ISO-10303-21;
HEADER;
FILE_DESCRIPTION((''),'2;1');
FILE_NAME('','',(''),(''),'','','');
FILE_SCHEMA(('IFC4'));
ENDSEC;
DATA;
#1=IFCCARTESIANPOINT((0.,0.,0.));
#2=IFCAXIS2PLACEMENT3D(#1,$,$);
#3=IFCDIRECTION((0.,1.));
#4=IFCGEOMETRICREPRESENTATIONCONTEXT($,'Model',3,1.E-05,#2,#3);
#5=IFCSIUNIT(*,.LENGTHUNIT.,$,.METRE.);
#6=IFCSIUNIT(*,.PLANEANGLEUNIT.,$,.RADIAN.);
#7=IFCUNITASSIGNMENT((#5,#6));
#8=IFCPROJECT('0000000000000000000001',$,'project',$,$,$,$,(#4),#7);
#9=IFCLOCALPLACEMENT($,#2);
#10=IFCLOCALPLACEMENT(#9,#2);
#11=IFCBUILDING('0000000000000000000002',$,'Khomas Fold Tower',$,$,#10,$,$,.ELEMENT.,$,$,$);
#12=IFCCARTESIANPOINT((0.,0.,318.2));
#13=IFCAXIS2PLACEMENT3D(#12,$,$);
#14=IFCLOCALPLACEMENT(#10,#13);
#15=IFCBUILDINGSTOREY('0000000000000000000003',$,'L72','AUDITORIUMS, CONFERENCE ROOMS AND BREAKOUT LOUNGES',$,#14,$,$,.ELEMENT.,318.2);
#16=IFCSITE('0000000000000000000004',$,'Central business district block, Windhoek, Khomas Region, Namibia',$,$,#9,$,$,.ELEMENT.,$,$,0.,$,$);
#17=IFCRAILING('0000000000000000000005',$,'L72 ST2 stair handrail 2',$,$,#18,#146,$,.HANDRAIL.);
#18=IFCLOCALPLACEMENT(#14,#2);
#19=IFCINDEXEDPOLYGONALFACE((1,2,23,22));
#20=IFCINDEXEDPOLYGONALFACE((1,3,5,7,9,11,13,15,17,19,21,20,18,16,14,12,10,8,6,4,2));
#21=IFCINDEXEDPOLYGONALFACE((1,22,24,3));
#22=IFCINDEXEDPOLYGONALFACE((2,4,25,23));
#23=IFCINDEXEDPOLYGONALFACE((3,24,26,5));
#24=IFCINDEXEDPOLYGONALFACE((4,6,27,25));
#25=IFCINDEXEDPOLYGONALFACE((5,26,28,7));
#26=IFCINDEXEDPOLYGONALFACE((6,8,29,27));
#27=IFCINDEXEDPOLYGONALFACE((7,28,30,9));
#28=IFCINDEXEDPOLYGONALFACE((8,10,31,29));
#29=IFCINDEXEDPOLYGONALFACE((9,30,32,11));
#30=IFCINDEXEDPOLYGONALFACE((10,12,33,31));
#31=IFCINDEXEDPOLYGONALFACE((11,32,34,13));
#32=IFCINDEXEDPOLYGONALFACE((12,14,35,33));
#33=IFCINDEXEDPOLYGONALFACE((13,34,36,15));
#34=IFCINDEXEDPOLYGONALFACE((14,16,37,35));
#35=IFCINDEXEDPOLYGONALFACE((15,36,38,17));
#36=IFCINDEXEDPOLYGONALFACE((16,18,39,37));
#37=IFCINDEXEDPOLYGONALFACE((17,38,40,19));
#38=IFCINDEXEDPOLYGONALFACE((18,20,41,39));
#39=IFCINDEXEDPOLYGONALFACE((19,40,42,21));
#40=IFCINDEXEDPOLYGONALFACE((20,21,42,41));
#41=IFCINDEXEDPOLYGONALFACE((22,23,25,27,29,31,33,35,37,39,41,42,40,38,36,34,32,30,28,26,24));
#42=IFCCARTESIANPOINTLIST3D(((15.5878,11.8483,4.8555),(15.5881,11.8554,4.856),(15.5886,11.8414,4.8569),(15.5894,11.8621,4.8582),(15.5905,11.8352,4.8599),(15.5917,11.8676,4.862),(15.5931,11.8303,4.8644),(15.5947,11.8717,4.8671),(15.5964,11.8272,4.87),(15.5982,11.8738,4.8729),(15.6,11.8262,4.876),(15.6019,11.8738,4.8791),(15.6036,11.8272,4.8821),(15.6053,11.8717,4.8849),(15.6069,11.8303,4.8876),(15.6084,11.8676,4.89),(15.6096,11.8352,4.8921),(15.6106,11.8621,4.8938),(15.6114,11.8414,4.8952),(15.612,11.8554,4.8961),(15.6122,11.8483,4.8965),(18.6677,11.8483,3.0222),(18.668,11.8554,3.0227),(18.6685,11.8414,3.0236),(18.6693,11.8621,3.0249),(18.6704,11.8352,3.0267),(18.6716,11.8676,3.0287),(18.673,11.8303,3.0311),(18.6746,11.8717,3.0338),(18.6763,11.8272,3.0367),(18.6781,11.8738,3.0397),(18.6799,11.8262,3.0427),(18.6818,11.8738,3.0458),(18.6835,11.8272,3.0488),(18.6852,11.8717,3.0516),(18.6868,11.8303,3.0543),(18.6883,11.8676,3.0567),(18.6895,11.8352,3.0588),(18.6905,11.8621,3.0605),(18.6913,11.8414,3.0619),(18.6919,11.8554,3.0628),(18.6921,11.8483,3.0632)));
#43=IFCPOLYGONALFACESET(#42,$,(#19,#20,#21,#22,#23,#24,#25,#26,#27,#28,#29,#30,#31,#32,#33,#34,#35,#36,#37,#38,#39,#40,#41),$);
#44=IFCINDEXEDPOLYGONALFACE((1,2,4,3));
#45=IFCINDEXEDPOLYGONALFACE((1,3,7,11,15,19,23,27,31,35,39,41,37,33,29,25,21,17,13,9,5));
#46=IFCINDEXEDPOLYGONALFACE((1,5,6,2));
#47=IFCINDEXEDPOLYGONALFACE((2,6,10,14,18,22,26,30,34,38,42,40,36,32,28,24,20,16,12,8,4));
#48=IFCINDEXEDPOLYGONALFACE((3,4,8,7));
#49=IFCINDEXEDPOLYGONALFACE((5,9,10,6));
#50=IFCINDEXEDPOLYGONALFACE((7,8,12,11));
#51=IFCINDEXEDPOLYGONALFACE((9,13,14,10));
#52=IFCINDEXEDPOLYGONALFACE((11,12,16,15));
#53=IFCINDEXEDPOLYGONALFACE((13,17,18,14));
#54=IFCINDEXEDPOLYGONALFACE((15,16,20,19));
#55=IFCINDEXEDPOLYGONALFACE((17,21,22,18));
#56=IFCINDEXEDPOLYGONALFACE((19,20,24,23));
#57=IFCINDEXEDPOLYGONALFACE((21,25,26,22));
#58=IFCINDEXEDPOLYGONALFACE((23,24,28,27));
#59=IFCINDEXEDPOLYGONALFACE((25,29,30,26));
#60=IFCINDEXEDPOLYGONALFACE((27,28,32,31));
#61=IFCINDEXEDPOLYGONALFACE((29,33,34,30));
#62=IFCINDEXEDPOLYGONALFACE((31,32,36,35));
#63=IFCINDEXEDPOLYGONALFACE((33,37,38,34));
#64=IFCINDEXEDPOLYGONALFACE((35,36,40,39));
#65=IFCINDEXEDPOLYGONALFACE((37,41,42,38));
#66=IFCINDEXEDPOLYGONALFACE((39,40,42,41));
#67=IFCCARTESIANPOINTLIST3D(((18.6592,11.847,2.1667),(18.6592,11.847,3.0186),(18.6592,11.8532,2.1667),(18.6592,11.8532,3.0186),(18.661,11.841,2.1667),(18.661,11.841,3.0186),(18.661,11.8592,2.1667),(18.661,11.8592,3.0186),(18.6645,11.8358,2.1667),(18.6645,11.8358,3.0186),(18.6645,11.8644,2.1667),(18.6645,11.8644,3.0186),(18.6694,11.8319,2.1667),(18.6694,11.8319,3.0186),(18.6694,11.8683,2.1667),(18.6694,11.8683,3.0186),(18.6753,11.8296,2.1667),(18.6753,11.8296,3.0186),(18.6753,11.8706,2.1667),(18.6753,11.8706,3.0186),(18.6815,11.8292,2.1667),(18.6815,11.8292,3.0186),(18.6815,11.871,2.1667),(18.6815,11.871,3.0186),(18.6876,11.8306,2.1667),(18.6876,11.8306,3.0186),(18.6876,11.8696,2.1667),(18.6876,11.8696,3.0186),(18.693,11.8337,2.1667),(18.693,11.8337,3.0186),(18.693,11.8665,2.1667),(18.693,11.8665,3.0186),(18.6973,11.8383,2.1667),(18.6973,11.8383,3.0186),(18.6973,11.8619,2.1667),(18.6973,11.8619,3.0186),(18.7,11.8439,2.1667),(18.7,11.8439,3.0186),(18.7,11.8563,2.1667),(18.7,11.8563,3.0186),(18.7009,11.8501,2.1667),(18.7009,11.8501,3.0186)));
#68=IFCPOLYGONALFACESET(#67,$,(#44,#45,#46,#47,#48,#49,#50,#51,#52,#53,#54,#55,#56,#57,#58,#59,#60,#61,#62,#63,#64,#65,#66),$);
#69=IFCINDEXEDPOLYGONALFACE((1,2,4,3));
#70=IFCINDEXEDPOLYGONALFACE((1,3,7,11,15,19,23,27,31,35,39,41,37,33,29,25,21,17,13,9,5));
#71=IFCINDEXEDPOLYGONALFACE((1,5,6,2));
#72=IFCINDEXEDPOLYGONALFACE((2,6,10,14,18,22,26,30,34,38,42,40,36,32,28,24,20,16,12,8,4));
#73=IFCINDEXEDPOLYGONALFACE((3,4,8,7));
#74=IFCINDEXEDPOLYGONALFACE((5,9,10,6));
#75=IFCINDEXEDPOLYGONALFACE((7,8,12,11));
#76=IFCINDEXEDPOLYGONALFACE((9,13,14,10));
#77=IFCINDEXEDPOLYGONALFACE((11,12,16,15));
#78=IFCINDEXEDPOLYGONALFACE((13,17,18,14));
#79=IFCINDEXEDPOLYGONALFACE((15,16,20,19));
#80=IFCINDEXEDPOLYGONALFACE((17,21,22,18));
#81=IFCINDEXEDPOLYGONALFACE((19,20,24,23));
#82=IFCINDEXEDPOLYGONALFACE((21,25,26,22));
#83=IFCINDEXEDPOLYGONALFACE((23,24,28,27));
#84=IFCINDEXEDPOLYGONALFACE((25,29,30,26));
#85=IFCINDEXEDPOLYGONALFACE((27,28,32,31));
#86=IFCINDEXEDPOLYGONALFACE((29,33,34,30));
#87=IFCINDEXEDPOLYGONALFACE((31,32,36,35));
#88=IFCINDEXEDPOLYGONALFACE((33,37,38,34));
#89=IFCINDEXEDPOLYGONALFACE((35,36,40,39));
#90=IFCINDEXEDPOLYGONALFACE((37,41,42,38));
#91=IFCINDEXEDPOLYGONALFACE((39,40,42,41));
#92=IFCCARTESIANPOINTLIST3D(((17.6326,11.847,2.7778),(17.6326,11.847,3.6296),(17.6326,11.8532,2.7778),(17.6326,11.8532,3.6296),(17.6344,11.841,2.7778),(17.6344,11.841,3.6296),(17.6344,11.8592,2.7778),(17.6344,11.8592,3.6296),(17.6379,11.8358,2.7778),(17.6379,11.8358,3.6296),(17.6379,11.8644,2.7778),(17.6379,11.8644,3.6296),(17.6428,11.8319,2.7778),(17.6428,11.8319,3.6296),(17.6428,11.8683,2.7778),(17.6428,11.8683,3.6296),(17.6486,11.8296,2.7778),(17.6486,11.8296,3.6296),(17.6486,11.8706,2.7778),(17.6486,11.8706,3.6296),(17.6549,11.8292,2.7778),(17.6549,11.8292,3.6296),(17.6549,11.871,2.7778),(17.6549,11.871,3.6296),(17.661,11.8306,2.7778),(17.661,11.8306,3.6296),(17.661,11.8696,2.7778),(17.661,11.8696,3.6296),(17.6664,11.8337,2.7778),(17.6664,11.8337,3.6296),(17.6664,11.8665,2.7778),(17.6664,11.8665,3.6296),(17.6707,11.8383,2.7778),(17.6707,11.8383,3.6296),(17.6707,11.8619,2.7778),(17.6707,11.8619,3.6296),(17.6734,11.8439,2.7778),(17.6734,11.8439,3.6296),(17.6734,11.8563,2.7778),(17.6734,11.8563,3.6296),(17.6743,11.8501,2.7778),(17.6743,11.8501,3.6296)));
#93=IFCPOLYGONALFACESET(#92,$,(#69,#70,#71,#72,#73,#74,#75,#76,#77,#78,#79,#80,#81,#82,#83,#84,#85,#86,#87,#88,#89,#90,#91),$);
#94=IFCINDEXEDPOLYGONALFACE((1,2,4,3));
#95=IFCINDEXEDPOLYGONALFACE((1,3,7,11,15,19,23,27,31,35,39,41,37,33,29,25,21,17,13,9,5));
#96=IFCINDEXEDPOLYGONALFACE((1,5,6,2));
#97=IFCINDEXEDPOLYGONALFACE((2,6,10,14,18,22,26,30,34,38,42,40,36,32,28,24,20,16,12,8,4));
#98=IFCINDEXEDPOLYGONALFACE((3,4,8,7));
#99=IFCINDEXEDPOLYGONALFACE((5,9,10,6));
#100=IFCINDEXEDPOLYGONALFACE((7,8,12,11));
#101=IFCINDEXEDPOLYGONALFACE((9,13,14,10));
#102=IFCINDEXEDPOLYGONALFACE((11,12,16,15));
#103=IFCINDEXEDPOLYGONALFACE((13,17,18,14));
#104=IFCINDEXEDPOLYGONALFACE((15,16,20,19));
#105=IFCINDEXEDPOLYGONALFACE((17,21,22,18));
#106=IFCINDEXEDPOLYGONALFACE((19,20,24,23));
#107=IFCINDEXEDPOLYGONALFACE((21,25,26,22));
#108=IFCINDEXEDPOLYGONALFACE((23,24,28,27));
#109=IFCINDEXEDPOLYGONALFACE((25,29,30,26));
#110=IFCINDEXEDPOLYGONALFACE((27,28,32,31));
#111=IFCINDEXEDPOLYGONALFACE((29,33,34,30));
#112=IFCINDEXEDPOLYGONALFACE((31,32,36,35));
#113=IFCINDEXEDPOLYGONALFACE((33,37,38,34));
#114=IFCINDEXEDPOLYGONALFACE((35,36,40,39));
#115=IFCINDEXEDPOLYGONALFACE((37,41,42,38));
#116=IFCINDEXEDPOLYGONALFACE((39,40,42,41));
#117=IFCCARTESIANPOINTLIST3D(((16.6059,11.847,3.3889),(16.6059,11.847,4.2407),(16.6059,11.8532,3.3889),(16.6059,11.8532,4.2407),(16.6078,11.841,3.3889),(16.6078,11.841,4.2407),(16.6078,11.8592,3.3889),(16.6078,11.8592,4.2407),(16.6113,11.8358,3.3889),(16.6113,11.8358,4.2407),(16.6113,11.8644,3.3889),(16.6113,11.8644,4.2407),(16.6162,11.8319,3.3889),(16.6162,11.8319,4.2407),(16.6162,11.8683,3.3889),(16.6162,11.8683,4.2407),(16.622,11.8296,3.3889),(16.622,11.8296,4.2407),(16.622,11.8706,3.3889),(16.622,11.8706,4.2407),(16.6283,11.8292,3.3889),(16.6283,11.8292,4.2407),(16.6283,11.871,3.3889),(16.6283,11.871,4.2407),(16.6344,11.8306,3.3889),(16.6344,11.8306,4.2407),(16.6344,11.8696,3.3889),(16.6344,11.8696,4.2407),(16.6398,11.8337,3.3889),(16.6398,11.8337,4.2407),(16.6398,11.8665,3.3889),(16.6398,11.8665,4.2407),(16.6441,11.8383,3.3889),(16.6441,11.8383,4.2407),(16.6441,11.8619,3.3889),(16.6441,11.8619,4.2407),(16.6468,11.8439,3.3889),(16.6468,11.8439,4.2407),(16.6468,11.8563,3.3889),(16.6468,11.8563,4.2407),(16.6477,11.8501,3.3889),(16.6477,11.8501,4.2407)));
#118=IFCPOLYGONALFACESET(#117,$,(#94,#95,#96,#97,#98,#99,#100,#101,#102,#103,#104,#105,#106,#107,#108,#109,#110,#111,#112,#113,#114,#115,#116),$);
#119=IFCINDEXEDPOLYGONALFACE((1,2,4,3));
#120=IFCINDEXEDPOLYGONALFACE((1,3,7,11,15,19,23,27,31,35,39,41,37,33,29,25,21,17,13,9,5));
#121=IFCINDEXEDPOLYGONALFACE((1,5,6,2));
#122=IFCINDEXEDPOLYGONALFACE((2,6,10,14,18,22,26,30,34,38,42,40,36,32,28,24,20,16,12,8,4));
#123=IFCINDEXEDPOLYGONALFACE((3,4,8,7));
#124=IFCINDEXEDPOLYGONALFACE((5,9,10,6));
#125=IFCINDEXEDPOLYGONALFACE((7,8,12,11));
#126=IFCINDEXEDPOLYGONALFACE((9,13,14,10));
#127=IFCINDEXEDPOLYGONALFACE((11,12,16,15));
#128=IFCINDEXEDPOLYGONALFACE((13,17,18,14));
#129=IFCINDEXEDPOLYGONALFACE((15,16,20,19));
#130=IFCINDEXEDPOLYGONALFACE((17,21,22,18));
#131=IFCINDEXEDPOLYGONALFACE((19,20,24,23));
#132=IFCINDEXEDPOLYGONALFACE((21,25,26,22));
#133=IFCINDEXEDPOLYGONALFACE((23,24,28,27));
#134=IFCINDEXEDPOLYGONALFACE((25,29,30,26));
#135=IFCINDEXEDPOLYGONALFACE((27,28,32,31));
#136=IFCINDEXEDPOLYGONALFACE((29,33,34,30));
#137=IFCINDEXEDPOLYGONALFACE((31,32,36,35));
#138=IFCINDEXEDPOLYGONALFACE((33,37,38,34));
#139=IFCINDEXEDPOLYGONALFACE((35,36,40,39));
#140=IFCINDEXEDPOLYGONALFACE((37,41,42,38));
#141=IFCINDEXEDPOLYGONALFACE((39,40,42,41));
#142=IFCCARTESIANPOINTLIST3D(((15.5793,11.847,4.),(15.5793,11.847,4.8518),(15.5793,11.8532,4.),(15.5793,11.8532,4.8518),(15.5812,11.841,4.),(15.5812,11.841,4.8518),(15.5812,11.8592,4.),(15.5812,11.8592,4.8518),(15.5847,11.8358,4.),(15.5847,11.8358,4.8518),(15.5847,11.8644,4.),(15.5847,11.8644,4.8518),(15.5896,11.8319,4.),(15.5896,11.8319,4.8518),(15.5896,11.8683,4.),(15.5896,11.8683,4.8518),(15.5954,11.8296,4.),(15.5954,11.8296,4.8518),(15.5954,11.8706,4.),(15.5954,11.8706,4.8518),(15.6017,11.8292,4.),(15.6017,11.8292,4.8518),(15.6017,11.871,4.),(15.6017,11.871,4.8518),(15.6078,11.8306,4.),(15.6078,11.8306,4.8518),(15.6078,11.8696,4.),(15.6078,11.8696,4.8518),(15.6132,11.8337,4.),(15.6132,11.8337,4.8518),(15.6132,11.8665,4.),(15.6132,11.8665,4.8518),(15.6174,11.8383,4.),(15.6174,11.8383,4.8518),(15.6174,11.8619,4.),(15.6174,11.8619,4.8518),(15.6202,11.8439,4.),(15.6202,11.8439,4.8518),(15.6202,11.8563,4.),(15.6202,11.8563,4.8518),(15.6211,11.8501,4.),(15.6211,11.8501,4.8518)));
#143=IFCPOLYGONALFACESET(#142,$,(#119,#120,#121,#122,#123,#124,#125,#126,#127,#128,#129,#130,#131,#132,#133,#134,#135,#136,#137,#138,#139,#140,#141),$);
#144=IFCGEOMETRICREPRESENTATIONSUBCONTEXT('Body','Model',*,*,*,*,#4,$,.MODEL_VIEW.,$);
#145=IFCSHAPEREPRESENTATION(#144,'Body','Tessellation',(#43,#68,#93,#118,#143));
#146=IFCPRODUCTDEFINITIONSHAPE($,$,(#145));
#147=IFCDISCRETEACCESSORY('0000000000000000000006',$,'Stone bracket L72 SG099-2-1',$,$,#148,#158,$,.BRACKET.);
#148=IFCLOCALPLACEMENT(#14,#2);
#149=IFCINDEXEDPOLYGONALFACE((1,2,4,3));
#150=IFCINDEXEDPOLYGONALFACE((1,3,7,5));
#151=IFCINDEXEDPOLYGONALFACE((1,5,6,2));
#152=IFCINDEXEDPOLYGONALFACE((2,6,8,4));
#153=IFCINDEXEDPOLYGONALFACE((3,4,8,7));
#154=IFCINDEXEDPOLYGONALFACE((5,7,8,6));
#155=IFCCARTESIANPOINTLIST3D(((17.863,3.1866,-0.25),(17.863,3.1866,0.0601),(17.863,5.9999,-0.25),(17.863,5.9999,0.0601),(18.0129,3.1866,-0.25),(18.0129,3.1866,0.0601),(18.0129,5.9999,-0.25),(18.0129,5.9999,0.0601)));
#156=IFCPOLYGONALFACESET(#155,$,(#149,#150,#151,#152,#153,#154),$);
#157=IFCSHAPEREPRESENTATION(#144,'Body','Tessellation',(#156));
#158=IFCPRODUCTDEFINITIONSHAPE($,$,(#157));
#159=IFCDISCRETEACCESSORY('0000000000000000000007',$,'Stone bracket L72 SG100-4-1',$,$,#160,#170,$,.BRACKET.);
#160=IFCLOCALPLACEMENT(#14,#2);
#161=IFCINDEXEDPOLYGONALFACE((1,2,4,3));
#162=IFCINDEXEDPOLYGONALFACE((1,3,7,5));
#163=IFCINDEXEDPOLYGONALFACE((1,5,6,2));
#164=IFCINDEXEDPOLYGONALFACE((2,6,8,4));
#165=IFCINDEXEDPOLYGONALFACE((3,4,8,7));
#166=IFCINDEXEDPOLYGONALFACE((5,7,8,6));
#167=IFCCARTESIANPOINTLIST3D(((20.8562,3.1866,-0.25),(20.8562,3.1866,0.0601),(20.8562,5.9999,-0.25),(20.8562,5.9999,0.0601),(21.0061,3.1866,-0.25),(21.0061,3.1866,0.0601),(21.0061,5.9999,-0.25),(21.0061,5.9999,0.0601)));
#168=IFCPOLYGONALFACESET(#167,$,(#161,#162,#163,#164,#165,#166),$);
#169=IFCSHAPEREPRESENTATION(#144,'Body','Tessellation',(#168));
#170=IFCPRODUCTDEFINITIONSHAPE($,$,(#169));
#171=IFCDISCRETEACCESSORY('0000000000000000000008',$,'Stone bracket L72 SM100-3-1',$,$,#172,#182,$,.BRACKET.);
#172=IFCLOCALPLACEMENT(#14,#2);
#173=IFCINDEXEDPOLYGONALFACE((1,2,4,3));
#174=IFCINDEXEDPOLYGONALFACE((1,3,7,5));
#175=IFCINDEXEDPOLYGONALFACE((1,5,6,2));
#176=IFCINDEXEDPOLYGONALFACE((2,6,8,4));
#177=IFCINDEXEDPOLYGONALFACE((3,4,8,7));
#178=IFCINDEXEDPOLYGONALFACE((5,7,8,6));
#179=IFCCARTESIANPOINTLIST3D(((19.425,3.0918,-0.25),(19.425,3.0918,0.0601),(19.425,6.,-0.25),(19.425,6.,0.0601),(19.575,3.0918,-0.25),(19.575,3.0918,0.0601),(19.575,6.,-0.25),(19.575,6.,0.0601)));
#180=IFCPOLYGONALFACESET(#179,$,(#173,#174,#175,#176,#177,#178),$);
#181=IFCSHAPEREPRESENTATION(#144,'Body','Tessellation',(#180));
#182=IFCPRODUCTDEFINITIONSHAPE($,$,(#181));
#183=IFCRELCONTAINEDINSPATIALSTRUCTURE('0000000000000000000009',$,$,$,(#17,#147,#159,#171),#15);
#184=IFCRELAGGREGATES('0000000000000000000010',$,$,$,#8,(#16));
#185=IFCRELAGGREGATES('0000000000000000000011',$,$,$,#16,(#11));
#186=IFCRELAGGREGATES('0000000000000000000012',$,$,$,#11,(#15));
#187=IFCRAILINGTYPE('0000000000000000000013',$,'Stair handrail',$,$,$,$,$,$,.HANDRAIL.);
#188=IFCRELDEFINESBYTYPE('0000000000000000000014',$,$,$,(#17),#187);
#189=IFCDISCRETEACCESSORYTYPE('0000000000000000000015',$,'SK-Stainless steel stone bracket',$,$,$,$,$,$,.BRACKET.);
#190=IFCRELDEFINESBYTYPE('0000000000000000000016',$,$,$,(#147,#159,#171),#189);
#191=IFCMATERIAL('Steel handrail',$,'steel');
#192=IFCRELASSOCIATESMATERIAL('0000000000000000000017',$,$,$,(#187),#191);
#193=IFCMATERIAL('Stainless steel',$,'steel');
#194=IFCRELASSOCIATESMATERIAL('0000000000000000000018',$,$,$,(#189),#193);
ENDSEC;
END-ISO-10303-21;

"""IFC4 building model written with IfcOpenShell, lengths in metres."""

from ifc_helpers import new_model, si_unit, direction, frame, origin, origin_2d, place, context, subcontext, project, spatial, rectangle, circle, extrude, source, transform, mapped, material, type_object, element, save


model = new_model("IFC4")

# Units and contexts
model_context = context("Model", 3, precision=1e-05, world=origin(), true_north=direction((0.0, 1.0)))
body_context = subcontext(model_context, "Body", "Model", "MODEL_VIEW")
ifc_project = project(units=[si_unit("LENGTHUNIT", "METRE"), si_unit("PLANEANGLEUNIT", "RADIAN")], contexts=[model_context])

# Site, building, storey
site_placement = place(None, origin())
site = spatial("IfcSite", under=ifc_project, at=site_placement, Name="Central business district block, Windhoek, Khomas Region, Namibia", CompositionType="ELEMENT", RefElevation=0.0)
building_placement = place(site_placement, origin())
building = spatial("IfcBuilding", under=site, at=building_placement, Name="Khomas Fold Tower", CompositionType="ELEMENT")
storey_placement = place(building_placement, frame((0.0, 0.0, 318.2)))
storey = spatial("IfcBuildingStorey", under=building, at=storey_placement, Name="L72", Description="AUDITORIUMS, CONFERENCE ROOMS AND BREAKOUT LOUNGES", CompositionType="ELEMENT", Elevation=318.2)

# Railing
ifc_material_1 = material(Name="Steel handrail", Category="steel")
railing_type_1 = type_object("IfcRailingType", Name="Stair handrail", PredefinedType="HANDRAIL", material=ifc_material_1)
shared_shape_1 = source(origin(), body_context, "Body", "SweptSolid", [
    extrude(circle(Radius=0.0239, at=origin_2d()), frame((0.0, 0.0, 0.876), z_axis=(-0.859291, 0.0, 0.511487), x_axis=(0.0, -1.0, 0.0)), (0.0, 0.0, 1.0), 3.5842),
    extrude(circle(Radius=0.021, at=origin_2d()), origin(), (0.0, 0.0, 1.0), 0.8518),
    extrude(circle(Radius=0.021, at=origin_2d()), frame((-1.0266, 0.0, 0.6111)), (0.0, 0.0, 1.0), 0.8518),
    extrude(circle(Radius=0.021, at=origin_2d()), frame((-2.0532, 0.0, 1.2222)), (0.0, 0.0, 1.0), 0.8518),
    extrude(circle(Radius=0.021, at=origin_2d()), frame((-3.0798, 0.0, 1.8333)), (0.0, 0.0, 1.0), 0.8518),
])
railing_1_placement = place(storey_placement, frame((18.6799, 11.8501, 2.1667)))
element("IfcRailing", 1, at=railing_1_placement, inside=storey, type_object=railing_type_1, Name="L72 ST2 stair handrail 2", PredefinedType="HANDRAIL", context=body_context, shape_type="MappedRepresentation", body=[
    mapped(shared_shape_1, transform((0.0, 0.0, 0.0))),
])

# Discrete accessories
ifc_material_2 = material(Name="Stainless steel", Category="steel")
discrete_accessory_type = type_object("IfcDiscreteAccessoryType", Name="SK-Stainless steel stone bracket", PredefinedType="BRACKET", material=ifc_material_2)
shared_shape_2 = source(origin(), body_context, "Body", "SweptSolid", [
    extrude(rectangle(XDim=2.8132, YDim=0.1499, at=origin_2d()), origin(), (0.0, 0.0, 1.0), 0.3101),
])
for number, where, z_axis, x_axis, name in (
    (2, (17.938, 4.5933, -0.25), (0.0, 0.0, 1.0), (0.0, -1.0, 0.0), "Stone bracket L72 SG099-2-1"),
    (3, (20.9312, 4.5933, -0.25), (0.0, 0.0, 1.0), (0.0, -1.0, 0.0), "Stone bracket L72 SG100-4-1"),
):
    element("IfcDiscreteAccessory", number, at=place(storey_placement, frame(where, z_axis=z_axis, x_axis=x_axis)), inside=storey, type_object=discrete_accessory_type, Name=name, PredefinedType="BRACKET", context=body_context, shape_type="MappedRepresentation", body=[
        mapped(shared_shape_2, transform((0.0, 0.0, 0.0))),
    ])
shared_shape_3 = source(origin(), body_context, "Body", "SweptSolid", [
    extrude(rectangle(XDim=2.9082, YDim=0.1499, at=origin_2d()), origin(), (0.0, 0.0, 1.0), 0.3101),
])
discrete_accessory_placement = place(storey_placement, frame((19.5, 4.5459, -0.25), z_axis=(0.0, 0.0, 1.0), x_axis=(0.0, -1.0, 0.0)))
element("IfcDiscreteAccessory", 4, at=discrete_accessory_placement, inside=storey, type_object=discrete_accessory_type, Name="Stone bracket L72 SM100-3-1", PredefinedType="BRACKET", context=body_context, shape_type="MappedRepresentation", body=[
    mapped(shared_shape_3, transform((0.0, 0.0, 0.0))),
])

save(model, "model.ifc")
